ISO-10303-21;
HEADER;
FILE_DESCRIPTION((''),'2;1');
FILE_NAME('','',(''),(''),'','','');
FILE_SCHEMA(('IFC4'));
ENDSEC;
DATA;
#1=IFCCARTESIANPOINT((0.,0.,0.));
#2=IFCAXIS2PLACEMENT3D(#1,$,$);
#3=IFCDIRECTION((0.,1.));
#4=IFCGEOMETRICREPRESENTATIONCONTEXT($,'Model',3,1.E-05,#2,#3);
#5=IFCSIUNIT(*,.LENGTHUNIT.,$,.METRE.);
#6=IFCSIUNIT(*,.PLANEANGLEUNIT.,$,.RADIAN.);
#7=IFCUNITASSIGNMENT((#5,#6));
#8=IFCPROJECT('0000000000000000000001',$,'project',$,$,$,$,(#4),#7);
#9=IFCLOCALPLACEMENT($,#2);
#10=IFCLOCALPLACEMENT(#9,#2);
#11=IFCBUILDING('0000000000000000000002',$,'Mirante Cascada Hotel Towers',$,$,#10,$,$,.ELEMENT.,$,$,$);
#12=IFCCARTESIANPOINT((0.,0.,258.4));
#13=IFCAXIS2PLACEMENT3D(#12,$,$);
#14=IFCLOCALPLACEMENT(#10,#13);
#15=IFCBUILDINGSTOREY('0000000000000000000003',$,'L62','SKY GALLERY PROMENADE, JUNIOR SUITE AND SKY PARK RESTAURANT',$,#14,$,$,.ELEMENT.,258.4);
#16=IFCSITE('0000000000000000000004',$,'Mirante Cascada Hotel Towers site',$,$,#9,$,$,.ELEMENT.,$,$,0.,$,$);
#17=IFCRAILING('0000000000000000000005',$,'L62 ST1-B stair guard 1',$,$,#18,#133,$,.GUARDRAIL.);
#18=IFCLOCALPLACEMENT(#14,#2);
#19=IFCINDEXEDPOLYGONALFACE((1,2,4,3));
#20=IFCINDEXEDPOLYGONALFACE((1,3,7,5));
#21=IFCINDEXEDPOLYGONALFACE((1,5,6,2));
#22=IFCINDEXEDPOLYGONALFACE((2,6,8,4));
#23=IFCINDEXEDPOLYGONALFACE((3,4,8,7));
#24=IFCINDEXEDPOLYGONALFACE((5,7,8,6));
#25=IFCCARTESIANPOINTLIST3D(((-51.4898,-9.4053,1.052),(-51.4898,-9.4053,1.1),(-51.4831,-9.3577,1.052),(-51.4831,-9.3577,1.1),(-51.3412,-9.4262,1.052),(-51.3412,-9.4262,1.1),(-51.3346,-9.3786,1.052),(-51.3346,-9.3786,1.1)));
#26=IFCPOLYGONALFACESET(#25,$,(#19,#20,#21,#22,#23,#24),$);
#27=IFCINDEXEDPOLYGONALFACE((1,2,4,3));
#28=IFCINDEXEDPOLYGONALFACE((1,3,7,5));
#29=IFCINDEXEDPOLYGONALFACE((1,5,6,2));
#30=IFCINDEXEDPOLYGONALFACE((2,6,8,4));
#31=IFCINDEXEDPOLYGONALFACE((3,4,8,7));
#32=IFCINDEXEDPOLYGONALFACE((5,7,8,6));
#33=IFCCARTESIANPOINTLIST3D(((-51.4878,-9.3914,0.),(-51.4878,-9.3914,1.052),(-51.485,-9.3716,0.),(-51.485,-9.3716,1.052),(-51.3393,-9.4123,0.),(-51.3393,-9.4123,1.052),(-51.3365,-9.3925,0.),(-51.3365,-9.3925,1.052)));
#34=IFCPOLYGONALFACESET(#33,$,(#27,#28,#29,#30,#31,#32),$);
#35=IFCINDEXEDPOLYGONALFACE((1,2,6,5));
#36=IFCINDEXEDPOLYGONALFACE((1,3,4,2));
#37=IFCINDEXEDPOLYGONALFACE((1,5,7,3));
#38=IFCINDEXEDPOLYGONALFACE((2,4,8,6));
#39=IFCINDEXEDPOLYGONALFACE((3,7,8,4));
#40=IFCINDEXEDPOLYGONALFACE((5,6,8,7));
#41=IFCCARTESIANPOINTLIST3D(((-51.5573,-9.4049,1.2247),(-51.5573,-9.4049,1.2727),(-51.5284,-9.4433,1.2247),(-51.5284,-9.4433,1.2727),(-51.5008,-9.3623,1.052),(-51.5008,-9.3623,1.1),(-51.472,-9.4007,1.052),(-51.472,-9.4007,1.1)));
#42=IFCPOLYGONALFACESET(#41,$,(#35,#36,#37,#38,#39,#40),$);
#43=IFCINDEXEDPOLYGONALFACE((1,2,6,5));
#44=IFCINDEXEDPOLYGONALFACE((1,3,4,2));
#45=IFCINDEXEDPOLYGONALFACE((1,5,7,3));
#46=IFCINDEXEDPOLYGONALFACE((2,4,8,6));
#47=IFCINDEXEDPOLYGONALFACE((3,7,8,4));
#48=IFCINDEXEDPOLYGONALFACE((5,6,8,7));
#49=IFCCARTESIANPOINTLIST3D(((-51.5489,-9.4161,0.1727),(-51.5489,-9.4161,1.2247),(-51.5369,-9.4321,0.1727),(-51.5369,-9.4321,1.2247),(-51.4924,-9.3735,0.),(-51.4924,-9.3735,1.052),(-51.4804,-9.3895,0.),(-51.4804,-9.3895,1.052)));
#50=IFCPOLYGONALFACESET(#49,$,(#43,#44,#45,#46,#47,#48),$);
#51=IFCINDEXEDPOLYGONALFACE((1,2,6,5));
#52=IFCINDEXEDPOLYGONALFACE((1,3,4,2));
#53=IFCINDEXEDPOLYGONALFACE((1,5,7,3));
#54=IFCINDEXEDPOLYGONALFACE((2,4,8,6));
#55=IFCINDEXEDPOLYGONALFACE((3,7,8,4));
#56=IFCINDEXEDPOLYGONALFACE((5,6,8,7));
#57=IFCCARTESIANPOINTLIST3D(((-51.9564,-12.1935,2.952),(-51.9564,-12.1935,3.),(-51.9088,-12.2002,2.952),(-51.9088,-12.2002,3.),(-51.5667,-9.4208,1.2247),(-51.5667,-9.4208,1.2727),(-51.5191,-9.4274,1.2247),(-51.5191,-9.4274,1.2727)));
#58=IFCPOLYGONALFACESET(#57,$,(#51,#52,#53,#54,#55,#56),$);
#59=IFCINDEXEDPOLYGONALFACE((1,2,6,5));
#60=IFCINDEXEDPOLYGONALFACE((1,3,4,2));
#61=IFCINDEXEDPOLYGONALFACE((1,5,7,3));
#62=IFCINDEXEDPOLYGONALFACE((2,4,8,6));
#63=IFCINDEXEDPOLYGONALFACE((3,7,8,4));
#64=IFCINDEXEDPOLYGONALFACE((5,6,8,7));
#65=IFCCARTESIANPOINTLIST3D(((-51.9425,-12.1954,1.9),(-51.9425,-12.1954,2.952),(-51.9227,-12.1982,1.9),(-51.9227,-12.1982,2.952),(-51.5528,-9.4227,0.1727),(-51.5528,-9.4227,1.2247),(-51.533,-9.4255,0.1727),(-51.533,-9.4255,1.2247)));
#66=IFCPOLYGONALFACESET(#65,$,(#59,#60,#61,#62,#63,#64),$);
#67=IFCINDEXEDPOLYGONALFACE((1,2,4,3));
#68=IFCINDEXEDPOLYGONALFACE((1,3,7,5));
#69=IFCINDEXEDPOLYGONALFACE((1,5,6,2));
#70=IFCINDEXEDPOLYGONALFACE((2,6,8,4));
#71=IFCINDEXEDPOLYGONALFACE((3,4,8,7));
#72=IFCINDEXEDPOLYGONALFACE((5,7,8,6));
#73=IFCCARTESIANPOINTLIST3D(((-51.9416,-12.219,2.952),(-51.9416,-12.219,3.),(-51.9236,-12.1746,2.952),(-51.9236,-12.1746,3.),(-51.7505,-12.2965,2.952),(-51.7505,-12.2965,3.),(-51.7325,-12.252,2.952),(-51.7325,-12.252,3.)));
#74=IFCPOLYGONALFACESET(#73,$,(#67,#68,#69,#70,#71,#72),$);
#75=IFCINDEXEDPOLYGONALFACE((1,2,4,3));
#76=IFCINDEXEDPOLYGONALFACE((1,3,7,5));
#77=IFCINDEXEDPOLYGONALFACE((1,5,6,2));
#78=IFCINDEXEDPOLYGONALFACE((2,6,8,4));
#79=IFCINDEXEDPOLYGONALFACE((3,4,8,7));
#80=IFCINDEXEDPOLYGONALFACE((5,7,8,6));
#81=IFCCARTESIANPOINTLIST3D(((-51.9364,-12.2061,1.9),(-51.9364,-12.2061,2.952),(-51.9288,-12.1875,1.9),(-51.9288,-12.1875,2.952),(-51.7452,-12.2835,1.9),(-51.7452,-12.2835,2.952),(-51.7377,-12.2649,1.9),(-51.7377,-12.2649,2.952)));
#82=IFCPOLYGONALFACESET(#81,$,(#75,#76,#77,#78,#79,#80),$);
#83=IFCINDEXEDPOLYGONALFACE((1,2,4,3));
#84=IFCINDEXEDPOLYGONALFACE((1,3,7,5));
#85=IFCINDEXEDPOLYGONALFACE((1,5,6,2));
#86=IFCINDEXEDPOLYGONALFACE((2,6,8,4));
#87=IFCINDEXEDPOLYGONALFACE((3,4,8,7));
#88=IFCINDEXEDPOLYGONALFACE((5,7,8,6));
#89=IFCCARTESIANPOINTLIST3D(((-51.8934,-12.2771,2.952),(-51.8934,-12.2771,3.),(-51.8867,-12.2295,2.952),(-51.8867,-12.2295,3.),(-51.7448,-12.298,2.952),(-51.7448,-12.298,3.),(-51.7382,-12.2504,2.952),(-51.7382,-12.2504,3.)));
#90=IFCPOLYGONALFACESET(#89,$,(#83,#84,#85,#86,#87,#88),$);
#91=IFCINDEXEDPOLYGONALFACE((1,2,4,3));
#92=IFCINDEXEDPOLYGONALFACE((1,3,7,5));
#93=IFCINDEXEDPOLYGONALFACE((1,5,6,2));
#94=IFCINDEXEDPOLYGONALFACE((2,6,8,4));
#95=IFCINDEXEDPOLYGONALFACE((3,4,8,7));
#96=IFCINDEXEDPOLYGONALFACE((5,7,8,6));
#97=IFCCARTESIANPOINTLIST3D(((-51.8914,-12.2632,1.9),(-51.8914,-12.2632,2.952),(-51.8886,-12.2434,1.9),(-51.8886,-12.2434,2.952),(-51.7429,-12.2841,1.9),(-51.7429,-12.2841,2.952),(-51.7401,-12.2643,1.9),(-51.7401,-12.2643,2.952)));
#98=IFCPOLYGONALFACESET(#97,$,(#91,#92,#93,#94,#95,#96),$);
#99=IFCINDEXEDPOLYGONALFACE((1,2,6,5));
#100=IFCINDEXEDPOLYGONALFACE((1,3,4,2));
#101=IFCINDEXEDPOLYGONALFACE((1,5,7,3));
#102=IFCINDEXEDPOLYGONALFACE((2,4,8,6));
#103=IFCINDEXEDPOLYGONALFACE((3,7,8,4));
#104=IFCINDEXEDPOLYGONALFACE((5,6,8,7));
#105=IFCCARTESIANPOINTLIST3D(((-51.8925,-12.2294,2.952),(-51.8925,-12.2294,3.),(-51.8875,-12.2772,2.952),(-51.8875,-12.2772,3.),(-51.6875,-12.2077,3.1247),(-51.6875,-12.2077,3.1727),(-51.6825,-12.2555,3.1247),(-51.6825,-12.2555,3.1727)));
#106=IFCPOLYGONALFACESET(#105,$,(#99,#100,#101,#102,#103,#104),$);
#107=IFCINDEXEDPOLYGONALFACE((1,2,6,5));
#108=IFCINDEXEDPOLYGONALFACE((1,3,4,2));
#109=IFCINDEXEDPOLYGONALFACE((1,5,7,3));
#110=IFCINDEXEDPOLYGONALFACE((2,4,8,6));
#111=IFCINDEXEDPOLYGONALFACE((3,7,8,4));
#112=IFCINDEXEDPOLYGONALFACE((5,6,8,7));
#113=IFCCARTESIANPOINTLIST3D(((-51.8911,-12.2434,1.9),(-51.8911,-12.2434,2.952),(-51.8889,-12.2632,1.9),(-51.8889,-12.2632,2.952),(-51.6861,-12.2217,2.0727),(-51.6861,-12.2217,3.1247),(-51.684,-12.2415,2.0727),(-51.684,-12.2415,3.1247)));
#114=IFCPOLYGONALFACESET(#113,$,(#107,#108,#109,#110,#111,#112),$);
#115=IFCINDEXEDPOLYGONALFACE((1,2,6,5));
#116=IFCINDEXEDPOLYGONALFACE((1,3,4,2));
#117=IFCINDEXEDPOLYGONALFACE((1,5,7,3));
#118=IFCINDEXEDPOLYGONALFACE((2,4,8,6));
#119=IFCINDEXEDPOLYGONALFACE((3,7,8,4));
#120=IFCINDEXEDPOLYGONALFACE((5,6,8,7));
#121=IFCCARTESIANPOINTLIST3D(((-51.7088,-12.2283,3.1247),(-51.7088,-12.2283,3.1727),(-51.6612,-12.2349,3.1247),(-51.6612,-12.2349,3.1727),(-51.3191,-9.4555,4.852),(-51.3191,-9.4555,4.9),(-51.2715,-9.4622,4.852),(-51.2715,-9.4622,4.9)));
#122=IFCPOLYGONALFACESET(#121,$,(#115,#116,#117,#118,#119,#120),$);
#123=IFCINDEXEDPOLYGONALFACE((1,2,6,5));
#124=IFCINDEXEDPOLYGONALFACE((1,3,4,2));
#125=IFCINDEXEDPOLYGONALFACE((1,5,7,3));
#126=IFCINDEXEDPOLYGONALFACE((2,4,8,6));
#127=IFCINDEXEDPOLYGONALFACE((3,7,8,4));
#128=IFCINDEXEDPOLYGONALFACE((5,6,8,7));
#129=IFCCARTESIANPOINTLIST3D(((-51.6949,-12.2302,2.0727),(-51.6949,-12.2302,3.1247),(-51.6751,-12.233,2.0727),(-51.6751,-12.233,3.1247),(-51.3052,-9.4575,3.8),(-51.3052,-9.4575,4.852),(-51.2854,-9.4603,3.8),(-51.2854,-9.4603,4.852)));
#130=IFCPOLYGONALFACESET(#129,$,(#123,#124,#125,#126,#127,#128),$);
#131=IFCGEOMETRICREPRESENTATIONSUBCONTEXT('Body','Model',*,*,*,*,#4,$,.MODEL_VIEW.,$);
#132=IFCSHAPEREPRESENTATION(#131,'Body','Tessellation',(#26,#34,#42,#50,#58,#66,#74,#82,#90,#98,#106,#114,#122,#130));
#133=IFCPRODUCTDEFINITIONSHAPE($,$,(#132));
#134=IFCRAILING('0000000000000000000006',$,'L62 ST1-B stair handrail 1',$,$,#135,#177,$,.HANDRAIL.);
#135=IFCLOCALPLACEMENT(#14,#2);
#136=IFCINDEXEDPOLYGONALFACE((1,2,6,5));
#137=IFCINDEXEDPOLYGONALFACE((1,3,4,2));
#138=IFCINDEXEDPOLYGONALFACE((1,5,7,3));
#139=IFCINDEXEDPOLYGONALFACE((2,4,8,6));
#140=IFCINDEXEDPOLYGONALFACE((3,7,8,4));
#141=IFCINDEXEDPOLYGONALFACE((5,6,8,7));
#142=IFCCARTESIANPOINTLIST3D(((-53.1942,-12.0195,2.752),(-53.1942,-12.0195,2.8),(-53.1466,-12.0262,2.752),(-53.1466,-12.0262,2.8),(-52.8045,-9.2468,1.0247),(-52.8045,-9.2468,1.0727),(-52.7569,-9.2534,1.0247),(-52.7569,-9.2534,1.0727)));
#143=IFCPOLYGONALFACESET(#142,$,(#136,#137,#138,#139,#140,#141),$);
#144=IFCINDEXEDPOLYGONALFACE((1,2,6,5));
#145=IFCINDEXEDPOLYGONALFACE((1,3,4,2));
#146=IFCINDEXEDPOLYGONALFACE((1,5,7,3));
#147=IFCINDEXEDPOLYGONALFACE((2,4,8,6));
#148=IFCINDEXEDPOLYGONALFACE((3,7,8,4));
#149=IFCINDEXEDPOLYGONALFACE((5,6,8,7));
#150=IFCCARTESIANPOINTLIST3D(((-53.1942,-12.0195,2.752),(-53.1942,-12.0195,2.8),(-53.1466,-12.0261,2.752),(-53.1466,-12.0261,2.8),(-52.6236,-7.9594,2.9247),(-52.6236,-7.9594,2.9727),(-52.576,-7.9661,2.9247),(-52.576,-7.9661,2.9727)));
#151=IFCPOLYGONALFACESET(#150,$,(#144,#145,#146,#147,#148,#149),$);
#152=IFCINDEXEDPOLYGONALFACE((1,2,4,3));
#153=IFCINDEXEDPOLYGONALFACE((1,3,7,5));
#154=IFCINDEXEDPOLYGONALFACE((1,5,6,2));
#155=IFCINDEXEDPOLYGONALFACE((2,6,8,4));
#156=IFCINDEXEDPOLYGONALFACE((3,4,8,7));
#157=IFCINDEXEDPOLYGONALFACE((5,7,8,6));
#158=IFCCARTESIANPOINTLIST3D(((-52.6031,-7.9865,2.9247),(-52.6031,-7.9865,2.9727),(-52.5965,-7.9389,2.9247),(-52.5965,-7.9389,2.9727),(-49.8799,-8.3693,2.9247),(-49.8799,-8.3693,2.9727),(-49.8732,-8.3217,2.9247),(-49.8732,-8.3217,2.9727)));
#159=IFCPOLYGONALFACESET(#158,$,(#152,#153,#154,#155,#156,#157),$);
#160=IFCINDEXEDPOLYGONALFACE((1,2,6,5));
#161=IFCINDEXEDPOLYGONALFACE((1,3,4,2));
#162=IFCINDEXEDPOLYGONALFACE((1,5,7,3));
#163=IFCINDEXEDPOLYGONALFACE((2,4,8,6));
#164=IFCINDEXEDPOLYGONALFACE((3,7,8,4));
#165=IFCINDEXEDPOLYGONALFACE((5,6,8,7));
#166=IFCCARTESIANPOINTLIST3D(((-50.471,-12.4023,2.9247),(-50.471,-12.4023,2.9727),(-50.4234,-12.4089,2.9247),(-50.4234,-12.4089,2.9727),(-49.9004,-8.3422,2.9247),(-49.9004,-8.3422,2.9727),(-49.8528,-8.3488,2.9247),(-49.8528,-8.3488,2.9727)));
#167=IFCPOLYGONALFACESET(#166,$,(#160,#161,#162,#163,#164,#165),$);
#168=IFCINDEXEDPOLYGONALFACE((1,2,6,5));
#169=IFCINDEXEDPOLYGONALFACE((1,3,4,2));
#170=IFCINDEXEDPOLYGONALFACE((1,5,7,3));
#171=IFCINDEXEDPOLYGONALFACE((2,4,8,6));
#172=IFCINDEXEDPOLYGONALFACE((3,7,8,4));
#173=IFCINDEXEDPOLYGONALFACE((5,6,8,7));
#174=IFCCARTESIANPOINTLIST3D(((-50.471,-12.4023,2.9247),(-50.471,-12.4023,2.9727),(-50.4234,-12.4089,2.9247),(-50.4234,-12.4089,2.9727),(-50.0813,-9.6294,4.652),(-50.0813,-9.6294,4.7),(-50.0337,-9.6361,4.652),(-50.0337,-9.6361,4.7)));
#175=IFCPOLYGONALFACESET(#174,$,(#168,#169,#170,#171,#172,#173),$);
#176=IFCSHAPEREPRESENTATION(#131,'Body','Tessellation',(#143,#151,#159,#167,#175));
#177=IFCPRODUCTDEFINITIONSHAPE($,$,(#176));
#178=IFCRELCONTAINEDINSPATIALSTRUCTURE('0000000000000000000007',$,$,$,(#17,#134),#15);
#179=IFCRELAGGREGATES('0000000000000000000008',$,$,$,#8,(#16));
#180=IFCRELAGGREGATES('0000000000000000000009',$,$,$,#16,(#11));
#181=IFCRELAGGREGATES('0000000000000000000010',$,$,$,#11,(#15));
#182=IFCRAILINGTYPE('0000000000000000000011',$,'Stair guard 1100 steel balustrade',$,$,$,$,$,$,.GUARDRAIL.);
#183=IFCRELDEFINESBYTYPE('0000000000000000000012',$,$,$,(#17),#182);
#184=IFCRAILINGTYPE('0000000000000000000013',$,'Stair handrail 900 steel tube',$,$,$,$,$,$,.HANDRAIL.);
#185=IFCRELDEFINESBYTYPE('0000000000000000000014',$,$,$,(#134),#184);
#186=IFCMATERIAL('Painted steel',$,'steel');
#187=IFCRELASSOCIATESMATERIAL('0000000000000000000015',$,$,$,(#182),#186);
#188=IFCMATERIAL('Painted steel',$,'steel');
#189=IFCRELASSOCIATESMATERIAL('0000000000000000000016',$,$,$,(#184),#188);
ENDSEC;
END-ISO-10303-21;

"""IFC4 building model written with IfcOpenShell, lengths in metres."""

from ifc_helpers import new_model, si_unit, direction, frame, origin, origin_2d, place, context, subcontext, project, spatial, rectangle, extrude, material, type_object, element, save


model = new_model("IFC4")

# Units and contexts
model_context = context("Model", 3, precision=1e-05, world=origin(), true_north=direction((0.0, 1.0)))
body_context = subcontext(model_context, "Body", "Model", "MODEL_VIEW")
ifc_project = project(units=[si_unit("LENGTHUNIT", "METRE"), si_unit("PLANEANGLEUNIT", "RADIAN")], contexts=[model_context])

# Site, building, storey
site_placement = place(None, origin())
site = spatial("IfcSite", under=ifc_project, at=site_placement, Name="Mirante Cascada Hotel Towers site", CompositionType="ELEMENT", RefElevation=0.0)
building_placement = place(site_placement, origin())
building = spatial("IfcBuilding", under=site, at=building_placement, Name="Mirante Cascada Hotel Towers", CompositionType="ELEMENT")
storey_placement = place(building_placement, frame((0.0, 0.0, 258.4)))
storey = spatial("IfcBuildingStorey", under=building, at=storey_placement, Name="L62", Description="SKY GALLERY PROMENADE, JUNIOR SUITE AND SKY PARK RESTAURANT", CompositionType="ELEMENT", Elevation=258.4)

# Railings
ifc_material_1 = material(Name="Painted steel", Category="steel")
railing_type_1 = type_object("IfcRailingType", Name="Stair guard 1100 steel balustrade", PredefinedType="GUARDRAIL", material=ifc_material_1)
railing_1_placement = place(storey_placement, frame((-51.3379, -9.4024, 0.0)))
element("IfcRailing", 1, at=railing_1_placement, inside=storey, type_object=railing_type_1, Name="L62 ST1-B stair guard 1", PredefinedType="GUARDRAIL", context=body_context, shape_type="SweptSolid", body=[
    extrude(rectangle(XDim=0.048, YDim=0.048, at=origin_2d()), frame((0.0, 0.0, 1.076), z_axis=(-0.990241, 0.139367, 0.0), x_axis=(-0.139367, -0.990241, 0.0)), (0.0, 0.0, 1.0), 0.15),
    extrude(rectangle(XDim=0.02, YDim=1.052, at=origin_2d()), frame((0.0, 0.0, 0.526), z_axis=(-0.990241, 0.139367, 0.0), x_axis=(-0.139367, -0.990241, 0.0)), (0.0, 0.0, 1.0), 0.15),
    extrude(rectangle(XDim=0.048, YDim=0.048, at=origin_2d()), frame((-0.1485, 0.0209, 1.076), z_axis=(-0.798471, -0.602033, 0.0), x_axis=(0.602033, -0.798471, 0.0)), (0.0, 0.92534, 0.379139), 0.1866),
    extrude(rectangle(XDim=0.02, YDim=1.052, at=origin_2d()), frame((-0.1485, 0.0209, 0.526), z_axis=(-0.798471, -0.602033, 0.0), x_axis=(0.602033, -0.798471, 0.0)), (0.0, 0.92534, 0.379139), 0.1866),
    extrude(rectangle(XDim=0.048, YDim=0.048, at=origin_2d()), frame((-0.205, -0.0217, 1.2487), z_axis=(-0.139181, -0.990267, 0.0), x_axis=(0.990267, -0.139181, 0.0)), (0.0, 0.525035, 0.851081), 3.2899),
    extrude(rectangle(XDim=0.02, YDim=1.052, at=origin_2d()), frame((-0.205, -0.0217, 0.6987), z_axis=(-0.139181, -0.990267, 0.0), x_axis=(0.990267, -0.139181, 0.0)), (0.0, 0.525035, 0.851081), 3.2899),
    extrude(rectangle(XDim=0.048, YDim=0.048, at=origin_2d()), frame((-0.5947, -2.7944, 2.976), z_axis=(0.926862, -0.375401, 0.0), x_axis=(0.375401, 0.926862, 0.0)), (0.0, 0.0, 1.0), 0.2062),
    extrude(rectangle(XDim=0.02, YDim=1.052, at=origin_2d()), frame((-0.5947, -2.7944, 2.426), z_axis=(0.926862, -0.375401, 0.0), x_axis=(0.375401, 0.926862, 0.0)), (0.0, 0.0, 1.0), 0.2062),
    extrude(rectangle(XDim=0.048, YDim=0.048, at=origin_2d()), frame((-0.4036, -2.8718, 2.976), z_axis=(-0.990241, 0.139367, 0.0), x_axis=(-0.139367, -0.990241, 0.0)), (0.0, 0.0, 1.0), 0.15),
    extrude(rectangle(XDim=0.02, YDim=1.052, at=origin_2d()), frame((-0.4036, -2.8718, 2.426), z_axis=(-0.990241, 0.139367, 0.0), x_axis=(-0.139367, -0.990241, 0.0)), (0.0, 0.0, 1.0), 0.15),
    extrude(rectangle(XDim=0.048, YDim=0.048, at=origin_2d()), frame((-0.5521, -2.8509, 2.976), z_axis=(0.994444, 0.105266, 0.0), x_axis=(-0.105266, 0.994444, 0.0)), (0.0, 0.642184, 0.76655), 0.2689),
    extrude(rectangle(XDim=0.02, YDim=1.052, at=origin_2d()), frame((-0.5521, -2.8509, 2.426), z_axis=(0.994444, 0.105266, 0.0), x_axis=(-0.105266, 0.994444, 0.0)), (0.0, 0.642184, 0.76655), 0.2689),
    extrude(rectangle(XDim=0.048, YDim=0.048, at=origin_2d()), frame((-0.3471, -2.8292, 3.1487), z_axis=(0.139181, 0.990267, 0.0), x_axis=(-0.990267, 0.139181, 0.0)), (0.0, 0.525035, 0.851081), 3.2899),
    extrude(rectangle(XDim=0.02, YDim=1.052, at=origin_2d()), frame((-0.3471, -2.8292, 2.5987), z_axis=(0.139181, 0.990267, 0.0), x_axis=(-0.990267, 0.139181, 0.0)), (0.0, 0.525035, 0.851081), 3.2899),
])
ifc_material_2 = material(Name="Painted steel", Category="steel")
railing_type_2 = type_object("IfcRailingType", Name="Stair handrail 900 steel tube", PredefinedType="HANDRAIL", material=ifc_material_2)
railing_2_placement = place(storey_placement, frame((-52.7807, -9.2501, 0.1727)))
element("IfcRailing", 2, at=railing_2_placement, inside=storey, type_object=railing_type_2, Name="L62 ST1-B stair handrail 1", PredefinedType="HANDRAIL", context=body_context, shape_type="SweptSolid", body=[
    extrude(rectangle(XDim=0.048, YDim=0.048, at=origin_2d()), frame((0.0, 0.0, 0.876), z_axis=(-0.139181, -0.990267, 0.0), x_axis=(0.990267, -0.139181, 0.0)), (0.0, 0.525035, 0.851081), 3.2899),
    extrude(rectangle(XDim=0.048, YDim=0.048, at=origin_2d()), frame((-0.3897, -2.7727, 2.6033), z_axis=(0.139171, 0.990268, 0.0), x_axis=(-0.990268, 0.139171, 0.0)), (0.0, 0.042085, 0.999114), 4.1036),
    extrude(rectangle(XDim=0.048, YDim=0.048, at=origin_2d()), frame((0.1809, 1.2874, 2.776), z_axis=(0.990264, -0.139201, 0.0), x_axis=(0.139201, 0.990264, 0.0)), (0.0, 0.0, 1.0), 2.75),
    extrude(rectangle(XDim=0.048, YDim=0.048, at=origin_2d()), frame((2.9041, 0.9046, 2.776), z_axis=(-0.139171, -0.990268, 0.0), x_axis=(0.990268, -0.139171, 0.0)), (0.0, 0.0, 1.0), 4.1),
    extrude(rectangle(XDim=0.048, YDim=0.048, at=origin_2d()), frame((2.3335, -3.1555, 2.776), z_axis=(0.139176, 0.990268, 0.0), x_axis=(-0.990268, 0.139176, 0.0)), (0.0, 0.525021, 0.851089), 3.29),
])

save(model, "model.ifc")
